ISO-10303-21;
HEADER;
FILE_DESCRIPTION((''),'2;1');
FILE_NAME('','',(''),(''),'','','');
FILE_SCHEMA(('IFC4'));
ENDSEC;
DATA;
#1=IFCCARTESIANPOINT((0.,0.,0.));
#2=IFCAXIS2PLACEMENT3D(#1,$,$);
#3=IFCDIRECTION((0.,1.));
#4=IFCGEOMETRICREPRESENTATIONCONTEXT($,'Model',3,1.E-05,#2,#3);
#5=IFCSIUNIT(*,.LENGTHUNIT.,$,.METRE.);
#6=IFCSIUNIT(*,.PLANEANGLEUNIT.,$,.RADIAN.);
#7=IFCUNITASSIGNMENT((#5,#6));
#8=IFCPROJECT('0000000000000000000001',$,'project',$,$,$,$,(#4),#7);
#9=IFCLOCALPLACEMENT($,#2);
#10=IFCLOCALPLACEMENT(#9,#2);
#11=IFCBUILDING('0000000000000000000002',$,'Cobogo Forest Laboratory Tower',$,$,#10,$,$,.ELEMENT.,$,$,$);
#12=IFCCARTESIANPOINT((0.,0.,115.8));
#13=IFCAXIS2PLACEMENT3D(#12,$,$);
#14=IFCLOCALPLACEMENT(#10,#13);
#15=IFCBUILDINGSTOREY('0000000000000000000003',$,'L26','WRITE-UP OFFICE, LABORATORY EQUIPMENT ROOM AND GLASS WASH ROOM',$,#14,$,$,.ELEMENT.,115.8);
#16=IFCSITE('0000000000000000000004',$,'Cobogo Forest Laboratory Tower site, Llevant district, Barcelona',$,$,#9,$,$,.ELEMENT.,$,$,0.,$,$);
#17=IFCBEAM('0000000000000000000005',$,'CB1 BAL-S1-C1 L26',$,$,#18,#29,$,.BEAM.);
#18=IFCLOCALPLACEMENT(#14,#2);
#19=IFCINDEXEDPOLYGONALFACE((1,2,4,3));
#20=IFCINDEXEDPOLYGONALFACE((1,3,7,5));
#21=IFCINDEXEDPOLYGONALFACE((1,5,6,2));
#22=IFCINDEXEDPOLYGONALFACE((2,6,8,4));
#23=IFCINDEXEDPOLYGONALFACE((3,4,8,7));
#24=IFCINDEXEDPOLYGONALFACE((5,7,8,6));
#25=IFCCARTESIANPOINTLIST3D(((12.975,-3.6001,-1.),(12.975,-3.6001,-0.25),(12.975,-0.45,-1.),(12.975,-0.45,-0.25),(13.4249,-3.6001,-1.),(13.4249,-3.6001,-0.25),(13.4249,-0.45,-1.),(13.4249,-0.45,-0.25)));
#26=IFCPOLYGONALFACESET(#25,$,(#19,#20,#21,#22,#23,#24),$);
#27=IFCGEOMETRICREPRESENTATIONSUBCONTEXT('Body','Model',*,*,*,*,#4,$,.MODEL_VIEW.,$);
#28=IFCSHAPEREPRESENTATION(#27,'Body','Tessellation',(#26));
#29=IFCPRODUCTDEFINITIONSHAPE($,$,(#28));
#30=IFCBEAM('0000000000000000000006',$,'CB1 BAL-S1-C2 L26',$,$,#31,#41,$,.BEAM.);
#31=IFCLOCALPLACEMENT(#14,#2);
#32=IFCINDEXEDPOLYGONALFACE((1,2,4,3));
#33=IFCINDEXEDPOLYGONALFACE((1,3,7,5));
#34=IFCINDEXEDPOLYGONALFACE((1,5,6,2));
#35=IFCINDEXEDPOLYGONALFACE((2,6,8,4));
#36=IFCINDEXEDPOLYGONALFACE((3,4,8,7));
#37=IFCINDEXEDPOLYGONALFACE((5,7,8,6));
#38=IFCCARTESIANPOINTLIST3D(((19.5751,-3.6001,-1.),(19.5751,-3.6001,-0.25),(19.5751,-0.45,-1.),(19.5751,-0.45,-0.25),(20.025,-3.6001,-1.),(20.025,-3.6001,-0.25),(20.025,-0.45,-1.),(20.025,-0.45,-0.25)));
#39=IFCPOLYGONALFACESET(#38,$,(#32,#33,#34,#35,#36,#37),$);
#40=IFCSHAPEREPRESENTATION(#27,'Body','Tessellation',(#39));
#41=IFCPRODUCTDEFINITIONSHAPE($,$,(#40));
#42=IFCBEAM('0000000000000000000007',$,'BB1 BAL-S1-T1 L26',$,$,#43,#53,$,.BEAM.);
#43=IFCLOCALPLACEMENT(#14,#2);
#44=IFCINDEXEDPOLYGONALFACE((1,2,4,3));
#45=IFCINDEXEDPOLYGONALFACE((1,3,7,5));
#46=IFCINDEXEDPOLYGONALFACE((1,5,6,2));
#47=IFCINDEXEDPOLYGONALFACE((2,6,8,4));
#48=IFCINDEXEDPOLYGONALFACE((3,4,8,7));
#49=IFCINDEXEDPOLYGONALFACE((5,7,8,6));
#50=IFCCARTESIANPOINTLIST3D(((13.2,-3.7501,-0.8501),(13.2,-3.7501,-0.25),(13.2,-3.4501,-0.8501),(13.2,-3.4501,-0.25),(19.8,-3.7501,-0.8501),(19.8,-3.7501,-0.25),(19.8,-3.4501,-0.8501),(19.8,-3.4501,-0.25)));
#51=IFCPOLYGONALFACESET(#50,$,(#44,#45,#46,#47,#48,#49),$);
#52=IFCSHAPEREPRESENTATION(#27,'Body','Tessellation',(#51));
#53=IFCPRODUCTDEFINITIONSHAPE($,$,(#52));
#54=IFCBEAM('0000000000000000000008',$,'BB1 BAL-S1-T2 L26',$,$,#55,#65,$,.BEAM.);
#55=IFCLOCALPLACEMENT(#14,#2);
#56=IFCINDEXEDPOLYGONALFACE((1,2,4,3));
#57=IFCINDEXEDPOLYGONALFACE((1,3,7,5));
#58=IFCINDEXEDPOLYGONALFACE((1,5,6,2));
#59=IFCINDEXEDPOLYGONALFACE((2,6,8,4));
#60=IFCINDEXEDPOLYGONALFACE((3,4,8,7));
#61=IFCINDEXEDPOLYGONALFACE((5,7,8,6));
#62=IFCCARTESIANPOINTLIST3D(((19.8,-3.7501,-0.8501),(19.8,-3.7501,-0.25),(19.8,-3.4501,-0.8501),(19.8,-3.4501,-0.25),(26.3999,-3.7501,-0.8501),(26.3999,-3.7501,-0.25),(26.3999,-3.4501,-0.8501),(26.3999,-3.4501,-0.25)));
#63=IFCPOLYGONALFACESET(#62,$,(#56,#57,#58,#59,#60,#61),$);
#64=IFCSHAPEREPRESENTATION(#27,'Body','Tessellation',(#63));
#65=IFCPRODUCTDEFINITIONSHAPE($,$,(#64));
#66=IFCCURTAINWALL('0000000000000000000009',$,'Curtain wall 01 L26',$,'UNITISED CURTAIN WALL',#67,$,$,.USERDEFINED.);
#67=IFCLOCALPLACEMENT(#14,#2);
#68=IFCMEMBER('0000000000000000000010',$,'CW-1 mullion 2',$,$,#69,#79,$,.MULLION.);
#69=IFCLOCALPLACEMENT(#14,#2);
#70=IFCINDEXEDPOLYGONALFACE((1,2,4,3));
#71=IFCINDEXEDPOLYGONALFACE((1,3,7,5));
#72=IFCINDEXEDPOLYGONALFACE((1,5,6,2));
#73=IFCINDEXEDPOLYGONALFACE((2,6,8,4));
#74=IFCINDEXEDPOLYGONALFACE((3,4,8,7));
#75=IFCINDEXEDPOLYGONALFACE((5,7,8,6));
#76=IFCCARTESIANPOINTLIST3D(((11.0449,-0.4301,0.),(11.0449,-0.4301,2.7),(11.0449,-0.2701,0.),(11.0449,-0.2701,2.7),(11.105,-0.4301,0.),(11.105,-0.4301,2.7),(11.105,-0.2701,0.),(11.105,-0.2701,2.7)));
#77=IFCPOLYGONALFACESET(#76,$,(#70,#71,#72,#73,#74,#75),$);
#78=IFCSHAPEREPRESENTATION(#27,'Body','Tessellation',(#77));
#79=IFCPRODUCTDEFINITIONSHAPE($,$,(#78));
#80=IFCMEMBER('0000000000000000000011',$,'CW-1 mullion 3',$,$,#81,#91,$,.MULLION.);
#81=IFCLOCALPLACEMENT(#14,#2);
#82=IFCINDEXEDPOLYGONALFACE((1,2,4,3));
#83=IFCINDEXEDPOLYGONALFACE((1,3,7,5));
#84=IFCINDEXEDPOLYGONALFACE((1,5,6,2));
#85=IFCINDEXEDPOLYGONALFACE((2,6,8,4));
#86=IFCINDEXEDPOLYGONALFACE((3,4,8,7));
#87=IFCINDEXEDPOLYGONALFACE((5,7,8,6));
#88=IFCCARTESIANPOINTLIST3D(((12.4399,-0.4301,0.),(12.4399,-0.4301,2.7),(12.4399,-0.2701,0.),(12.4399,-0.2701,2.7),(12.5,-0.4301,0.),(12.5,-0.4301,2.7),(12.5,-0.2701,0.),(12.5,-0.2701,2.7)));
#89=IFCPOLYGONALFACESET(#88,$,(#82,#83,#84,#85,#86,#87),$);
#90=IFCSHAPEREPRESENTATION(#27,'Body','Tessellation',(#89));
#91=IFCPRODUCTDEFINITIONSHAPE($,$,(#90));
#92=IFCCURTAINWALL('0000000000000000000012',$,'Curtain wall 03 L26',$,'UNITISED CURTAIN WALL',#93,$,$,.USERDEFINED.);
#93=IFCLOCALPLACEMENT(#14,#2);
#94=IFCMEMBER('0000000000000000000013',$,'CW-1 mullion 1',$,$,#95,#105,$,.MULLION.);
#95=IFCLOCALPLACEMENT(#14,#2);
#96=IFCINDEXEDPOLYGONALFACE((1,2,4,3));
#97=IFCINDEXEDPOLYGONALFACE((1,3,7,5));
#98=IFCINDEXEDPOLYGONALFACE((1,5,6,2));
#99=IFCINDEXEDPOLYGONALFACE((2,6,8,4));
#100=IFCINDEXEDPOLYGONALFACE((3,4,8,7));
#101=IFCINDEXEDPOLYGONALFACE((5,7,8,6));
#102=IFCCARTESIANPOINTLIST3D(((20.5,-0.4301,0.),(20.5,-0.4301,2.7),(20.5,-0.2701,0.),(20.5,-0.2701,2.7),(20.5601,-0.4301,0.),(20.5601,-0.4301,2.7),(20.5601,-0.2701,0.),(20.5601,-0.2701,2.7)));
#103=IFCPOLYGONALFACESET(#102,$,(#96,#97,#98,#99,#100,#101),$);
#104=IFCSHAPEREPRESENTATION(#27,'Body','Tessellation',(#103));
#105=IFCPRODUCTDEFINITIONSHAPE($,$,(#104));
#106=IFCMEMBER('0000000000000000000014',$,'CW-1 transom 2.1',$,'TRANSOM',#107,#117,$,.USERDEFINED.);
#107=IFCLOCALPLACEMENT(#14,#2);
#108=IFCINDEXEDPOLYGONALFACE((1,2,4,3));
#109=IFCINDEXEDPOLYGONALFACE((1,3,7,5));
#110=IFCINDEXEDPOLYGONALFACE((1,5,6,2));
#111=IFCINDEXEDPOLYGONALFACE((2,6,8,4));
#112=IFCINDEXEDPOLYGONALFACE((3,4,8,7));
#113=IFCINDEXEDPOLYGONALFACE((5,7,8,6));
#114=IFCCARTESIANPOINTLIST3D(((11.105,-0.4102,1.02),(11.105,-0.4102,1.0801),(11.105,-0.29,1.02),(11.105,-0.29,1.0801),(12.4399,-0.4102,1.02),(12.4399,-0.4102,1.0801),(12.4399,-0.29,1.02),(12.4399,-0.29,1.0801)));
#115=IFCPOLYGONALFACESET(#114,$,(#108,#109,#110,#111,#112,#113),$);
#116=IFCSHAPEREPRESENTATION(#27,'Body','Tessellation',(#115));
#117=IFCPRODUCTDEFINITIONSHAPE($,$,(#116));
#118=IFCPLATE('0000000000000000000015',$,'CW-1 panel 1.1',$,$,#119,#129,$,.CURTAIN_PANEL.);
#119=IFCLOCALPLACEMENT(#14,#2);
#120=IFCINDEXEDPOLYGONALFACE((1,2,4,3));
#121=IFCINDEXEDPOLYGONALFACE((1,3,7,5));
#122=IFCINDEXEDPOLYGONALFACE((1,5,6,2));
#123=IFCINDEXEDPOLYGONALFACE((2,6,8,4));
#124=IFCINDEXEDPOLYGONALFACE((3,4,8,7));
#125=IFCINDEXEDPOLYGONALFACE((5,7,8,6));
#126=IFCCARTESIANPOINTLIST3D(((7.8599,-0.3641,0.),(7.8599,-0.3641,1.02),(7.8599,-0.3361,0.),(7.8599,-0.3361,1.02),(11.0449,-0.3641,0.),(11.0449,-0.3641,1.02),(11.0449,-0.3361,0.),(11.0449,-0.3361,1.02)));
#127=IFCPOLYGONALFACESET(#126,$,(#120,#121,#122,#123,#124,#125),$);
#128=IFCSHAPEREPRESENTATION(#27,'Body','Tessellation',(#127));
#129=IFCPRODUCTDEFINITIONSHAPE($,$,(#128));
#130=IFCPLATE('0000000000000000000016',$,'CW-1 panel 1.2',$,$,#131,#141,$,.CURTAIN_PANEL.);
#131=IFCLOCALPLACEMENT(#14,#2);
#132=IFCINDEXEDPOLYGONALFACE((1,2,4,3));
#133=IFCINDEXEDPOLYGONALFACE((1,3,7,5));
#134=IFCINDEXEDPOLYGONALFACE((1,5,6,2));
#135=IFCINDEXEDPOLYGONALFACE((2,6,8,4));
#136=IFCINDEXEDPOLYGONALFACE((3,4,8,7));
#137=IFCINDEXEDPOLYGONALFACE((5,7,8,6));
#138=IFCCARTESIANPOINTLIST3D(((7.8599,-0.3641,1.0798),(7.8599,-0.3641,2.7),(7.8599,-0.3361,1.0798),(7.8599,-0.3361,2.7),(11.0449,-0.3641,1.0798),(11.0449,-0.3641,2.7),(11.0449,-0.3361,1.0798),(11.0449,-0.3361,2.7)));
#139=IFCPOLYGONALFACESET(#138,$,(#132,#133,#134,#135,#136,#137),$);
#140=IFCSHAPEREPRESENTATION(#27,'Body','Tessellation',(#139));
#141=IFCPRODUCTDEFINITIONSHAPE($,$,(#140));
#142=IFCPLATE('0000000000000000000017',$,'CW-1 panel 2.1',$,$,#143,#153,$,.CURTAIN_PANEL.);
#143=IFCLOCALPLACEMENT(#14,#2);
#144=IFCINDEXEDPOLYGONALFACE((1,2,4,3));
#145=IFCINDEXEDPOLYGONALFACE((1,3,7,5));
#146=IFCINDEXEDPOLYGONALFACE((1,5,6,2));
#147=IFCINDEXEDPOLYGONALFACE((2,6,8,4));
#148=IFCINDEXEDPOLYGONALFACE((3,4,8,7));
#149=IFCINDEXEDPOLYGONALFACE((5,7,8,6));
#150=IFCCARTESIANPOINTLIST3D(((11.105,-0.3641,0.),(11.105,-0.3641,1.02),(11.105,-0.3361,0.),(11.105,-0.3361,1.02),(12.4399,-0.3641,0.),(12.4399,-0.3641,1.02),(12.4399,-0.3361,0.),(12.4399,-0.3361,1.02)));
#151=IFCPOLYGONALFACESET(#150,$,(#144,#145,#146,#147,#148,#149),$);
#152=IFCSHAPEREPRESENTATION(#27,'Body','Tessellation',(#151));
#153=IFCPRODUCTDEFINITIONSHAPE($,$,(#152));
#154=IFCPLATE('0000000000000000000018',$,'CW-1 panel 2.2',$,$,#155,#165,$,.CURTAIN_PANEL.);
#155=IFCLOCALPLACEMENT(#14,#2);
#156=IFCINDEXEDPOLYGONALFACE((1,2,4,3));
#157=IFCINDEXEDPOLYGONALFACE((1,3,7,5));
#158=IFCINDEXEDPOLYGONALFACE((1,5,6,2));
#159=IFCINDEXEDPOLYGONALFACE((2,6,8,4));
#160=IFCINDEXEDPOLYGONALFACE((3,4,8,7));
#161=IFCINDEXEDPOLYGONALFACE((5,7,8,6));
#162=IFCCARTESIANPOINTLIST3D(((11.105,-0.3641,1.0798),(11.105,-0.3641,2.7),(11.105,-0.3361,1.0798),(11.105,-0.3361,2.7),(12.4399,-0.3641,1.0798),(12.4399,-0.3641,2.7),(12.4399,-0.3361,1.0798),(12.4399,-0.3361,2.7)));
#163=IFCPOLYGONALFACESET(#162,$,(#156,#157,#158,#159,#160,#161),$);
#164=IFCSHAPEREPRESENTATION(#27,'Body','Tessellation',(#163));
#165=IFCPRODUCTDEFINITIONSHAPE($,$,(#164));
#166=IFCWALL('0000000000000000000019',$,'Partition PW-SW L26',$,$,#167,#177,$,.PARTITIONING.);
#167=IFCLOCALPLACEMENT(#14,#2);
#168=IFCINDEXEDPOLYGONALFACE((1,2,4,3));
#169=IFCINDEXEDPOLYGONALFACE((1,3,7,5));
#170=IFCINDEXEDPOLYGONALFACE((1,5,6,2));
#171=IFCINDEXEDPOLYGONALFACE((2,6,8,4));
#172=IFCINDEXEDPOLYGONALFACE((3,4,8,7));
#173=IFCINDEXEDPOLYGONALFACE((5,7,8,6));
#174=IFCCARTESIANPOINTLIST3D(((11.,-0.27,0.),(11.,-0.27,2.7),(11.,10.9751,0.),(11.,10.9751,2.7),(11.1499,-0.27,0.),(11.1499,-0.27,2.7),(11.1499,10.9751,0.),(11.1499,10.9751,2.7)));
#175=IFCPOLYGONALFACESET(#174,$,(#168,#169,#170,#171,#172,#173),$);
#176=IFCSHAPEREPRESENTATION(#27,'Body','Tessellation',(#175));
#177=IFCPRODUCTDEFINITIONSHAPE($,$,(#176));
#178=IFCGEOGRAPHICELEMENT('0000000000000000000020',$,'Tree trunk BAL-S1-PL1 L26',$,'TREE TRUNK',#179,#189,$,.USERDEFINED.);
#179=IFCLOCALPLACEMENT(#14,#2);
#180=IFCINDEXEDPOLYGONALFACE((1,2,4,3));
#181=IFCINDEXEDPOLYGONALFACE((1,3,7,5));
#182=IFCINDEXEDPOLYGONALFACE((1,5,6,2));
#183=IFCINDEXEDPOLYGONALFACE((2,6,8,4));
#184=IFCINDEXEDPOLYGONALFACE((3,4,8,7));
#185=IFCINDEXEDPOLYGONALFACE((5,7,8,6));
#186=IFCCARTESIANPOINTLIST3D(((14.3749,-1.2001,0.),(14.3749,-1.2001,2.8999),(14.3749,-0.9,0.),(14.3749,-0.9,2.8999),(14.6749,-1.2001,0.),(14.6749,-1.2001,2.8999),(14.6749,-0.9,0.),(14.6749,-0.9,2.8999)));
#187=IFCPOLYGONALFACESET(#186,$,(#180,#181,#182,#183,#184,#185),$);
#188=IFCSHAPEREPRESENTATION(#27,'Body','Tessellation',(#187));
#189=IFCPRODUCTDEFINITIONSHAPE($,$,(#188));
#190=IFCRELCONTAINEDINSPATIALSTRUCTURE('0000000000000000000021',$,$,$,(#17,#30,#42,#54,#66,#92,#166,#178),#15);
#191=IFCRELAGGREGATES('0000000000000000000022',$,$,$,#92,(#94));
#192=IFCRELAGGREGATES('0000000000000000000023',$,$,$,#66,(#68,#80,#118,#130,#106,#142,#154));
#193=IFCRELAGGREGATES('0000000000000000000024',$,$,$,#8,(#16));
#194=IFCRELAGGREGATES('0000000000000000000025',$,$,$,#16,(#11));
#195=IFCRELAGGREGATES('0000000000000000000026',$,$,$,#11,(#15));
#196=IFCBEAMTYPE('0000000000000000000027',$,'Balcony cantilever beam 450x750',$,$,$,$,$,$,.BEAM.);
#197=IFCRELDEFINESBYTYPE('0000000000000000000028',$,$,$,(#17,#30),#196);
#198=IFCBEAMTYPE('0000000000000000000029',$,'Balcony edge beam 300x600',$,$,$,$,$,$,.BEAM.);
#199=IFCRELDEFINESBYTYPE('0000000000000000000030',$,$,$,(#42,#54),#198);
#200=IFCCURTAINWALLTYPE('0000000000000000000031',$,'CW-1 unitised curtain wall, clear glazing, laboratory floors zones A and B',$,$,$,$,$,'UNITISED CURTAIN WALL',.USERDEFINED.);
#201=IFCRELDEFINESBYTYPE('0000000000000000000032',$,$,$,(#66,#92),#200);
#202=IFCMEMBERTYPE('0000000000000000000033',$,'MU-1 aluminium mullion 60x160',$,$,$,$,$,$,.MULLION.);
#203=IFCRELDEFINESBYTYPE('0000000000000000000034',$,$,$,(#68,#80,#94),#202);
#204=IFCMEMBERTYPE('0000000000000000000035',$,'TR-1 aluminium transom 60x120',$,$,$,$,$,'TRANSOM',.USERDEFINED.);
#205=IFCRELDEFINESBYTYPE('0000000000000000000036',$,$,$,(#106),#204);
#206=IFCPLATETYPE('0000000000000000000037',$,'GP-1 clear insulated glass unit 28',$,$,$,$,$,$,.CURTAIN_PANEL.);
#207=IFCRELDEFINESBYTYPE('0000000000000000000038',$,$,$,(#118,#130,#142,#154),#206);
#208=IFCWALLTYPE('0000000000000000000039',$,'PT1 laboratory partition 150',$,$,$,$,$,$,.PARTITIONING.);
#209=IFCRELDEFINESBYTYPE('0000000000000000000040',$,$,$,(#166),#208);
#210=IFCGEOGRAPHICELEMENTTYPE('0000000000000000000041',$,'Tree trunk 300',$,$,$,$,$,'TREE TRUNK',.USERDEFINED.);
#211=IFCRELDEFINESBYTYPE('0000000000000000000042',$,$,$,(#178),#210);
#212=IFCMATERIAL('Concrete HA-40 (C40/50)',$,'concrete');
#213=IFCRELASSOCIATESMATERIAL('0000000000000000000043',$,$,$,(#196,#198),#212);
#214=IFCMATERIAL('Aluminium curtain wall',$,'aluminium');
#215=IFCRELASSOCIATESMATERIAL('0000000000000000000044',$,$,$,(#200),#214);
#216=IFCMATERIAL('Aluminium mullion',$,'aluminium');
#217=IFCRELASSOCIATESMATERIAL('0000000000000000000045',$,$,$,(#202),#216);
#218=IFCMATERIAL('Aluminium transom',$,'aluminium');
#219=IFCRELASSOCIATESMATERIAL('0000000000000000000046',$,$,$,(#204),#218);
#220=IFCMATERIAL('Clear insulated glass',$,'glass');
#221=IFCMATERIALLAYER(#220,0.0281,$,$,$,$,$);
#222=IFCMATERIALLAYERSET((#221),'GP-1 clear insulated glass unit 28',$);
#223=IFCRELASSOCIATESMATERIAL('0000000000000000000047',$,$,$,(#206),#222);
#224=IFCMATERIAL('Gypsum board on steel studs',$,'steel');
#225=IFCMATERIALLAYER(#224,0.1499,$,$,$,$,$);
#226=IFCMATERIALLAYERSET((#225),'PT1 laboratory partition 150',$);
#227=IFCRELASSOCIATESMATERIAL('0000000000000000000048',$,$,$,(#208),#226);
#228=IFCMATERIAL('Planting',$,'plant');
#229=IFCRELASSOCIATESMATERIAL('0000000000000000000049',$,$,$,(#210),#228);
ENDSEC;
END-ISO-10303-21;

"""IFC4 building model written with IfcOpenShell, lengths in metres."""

from ifc_helpers import new_model, si_unit, direction, frame, frame_2d, origin, origin_2d, place, context, subcontext, project, spatial, rectangle, extrude, material, layer, layer_set, material_profile, profile_set, type_object, element, aggregate, save


model = new_model("IFC4")

# Units and contexts
model_context = context("Model", 3, precision=1e-05, world=origin(), true_north=direction((0.0, 1.0)))
body_context = subcontext(model_context, "Body", "Model", "MODEL_VIEW")
ifc_project = project(units=[si_unit("LENGTHUNIT", "METRE"), si_unit("PLANEANGLEUNIT", "RADIAN")], contexts=[model_context])

# Site, building, storey
site_placement = place(None, origin())
site = spatial("IfcSite", under=ifc_project, at=site_placement, Name="Cobogo Forest Laboratory Tower site, Llevant district, Barcelona", CompositionType="ELEMENT", RefElevation=0.0)
building_placement = place(site_placement, origin())
building = spatial("IfcBuilding", under=site, at=building_placement, Name="Cobogo Forest Laboratory Tower", CompositionType="ELEMENT")
storey_placement = place(building_placement, frame((0.0, 0.0, 115.8)))
storey = spatial("IfcBuildingStorey", under=building, at=storey_placement, Name="L26", Description="WRITE-UP OFFICE, LABORATORY EQUIPMENT ROOM AND GLASS WASH ROOM", CompositionType="ELEMENT", Elevation=115.8)

# Beams
ifc_material_1 = material(Name="Concrete HA-40 (C40/50)", Category="concrete")
ifc_material_profile_1 = material_profile(ifc_material_1, rectangle(XDim=0.45, YDim=0.75, at=origin_2d()), Name="RC 450x750")
ifc_profile_set_1 = profile_set([ifc_material_profile_1], Name="Concrete HA-40 (C40/50)")
beam_type_1 = type_object("IfcBeamType", Name="Balcony cantilever beam 450x750", PredefinedType="BEAM", material=ifc_profile_set_1)
for number, where, z_axis, x_axis, name in (
    (1, (13.2, -0.45, -0.625), (0.0, -1.0, 0.0), (1.0, 0.0, 0.0), "CB1 BAL-S1-C1 L26"),
    (2, (19.8, -0.45, -0.625), (0.0, -1.0, 0.0), (1.0, 0.0, 0.0), "CB1 BAL-S1-C2 L26"),
):
    element("IfcBeam", number, at=place(storey_placement, frame(where, z_axis=z_axis, x_axis=x_axis)), inside=storey, type_object=beam_type_1, Name=name, PredefinedType="BEAM", context=body_context, shape_type="SweptSolid", body=[
        extrude(rectangle(XDim=0.45, YDim=0.75, at=origin_2d()), origin(), (0.0, 0.0, 1.0), 3.1501),
    ])
ifc_material_profile_2 = material_profile(ifc_material_1, rectangle(XDim=0.3, YDim=0.6001, at=origin_2d()), Name="RC 300x600")
ifc_profile_set_2 = profile_set([ifc_material_profile_2], Name="Concrete HA-40 (C40/50)")
beam_type_2 = type_object("IfcBeamType", Name="Balcony edge beam 300x600", PredefinedType="BEAM", material=ifc_profile_set_2)
beam_1_placement = place(storey_placement, frame((13.2, -3.6001, -0.55), z_axis=(1.0, 0.0, 0.0), x_axis=(0.0, 1.0, 0.0)))
element("IfcBeam", 3, at=beam_1_placement, inside=storey, type_object=beam_type_2, Name="BB1 BAL-S1-T1 L26", PredefinedType="BEAM", context=body_context, shape_type="SweptSolid", body=[
    extrude(rectangle(XDim=0.3, YDim=0.6001, at=origin_2d()), origin(), (0.0, 0.0, 1.0), 6.6001),
])
beam_2_placement = place(storey_placement, frame((19.8, -3.6001, -0.55), z_axis=(1.0, 0.0, 0.0), x_axis=(0.0, 1.0, 0.0)))
element("IfcBeam", 4, at=beam_2_placement, inside=storey, type_object=beam_type_2, Name="BB1 BAL-S1-T2 L26", PredefinedType="BEAM", context=body_context, shape_type="SweptSolid", body=[
    extrude(rectangle(XDim=0.3, YDim=0.6001, at=origin_2d()), origin(), (0.0, 0.0, 1.0), 6.5999),
])

# Curtain wall, members
ifc_material_2 = material(Name="Aluminium curtain wall", Category="aluminium")
curtain_wall_type = type_object("IfcCurtainWallType", Name="CW-1 unitised curtain wall, clear glazing, laboratory floors zones A and B", ElementType="UNITISED CURTAIN WALL", PredefinedType="USERDEFINED", material=ifc_material_2)
curtain_wall_1_placement = place(storey_placement, origin())
curtain_wall_1 = element("IfcCurtainWall", 5, at=curtain_wall_1_placement, inside=storey, type_object=curtain_wall_type, Name="Curtain wall 01 L26", ObjectType="UNITISED CURTAIN WALL", PredefinedType="USERDEFINED")
ifc_material_3 = material(Name="Aluminium mullion", Category="aluminium")
ifc_material_profile_3 = material_profile(ifc_material_3, rectangle(XDim=0.0601, YDim=0.1599, at=origin_2d()), Name="AL 60x160")
ifc_profile_set_3 = profile_set([ifc_material_profile_3], Name="Aluminium mullion")
member_type_1 = type_object("IfcMemberType", Name="MU-1 aluminium mullion 60x160", PredefinedType="MULLION", material=ifc_profile_set_3)
member_1_placement = place(storey_placement, frame((11.075, -0.3501, 0.0), z_axis=(0.0, 0.0, 1.0), x_axis=(1.0, 0.0, 0.0)))
member_1 = element("IfcMember", 6, at=member_1_placement, type_object=member_type_1, Name="CW-1 mullion 2", PredefinedType="MULLION", context=body_context, shape_type="SweptSolid", body=[
    extrude(rectangle(XDim=0.0601, YDim=0.1599, at=origin_2d()), origin(), (0.0, 0.0, 1.0), 2.7),
])
member_2_placement = place(storey_placement, frame((12.47, -0.3501, 0.0), z_axis=(0.0, 0.0, 1.0), x_axis=(1.0, 0.0, 0.0)))
member_2 = element("IfcMember", 7, at=member_2_placement, type_object=member_type_1, Name="CW-1 mullion 3", PredefinedType="MULLION", context=body_context, shape_type="SweptSolid", body=[
    extrude(rectangle(XDim=0.0601, YDim=0.1599, at=origin_2d()), origin(), (0.0, 0.0, 1.0), 2.7),
])

# Curtain wall, member
curtain_wall_2_placement = place(storey_placement, origin())
curtain_wall_2 = element("IfcCurtainWall", 8, at=curtain_wall_2_placement, inside=storey, type_object=curtain_wall_type, Name="Curtain wall 03 L26", ObjectType="UNITISED CURTAIN WALL", PredefinedType="USERDEFINED")
member_3_placement = place(storey_placement, frame((20.53, -0.3501, 0.0), z_axis=(0.0, 0.0, 1.0), x_axis=(1.0, 0.0, 0.0)))
member_3 = element("IfcMember", 9, at=member_3_placement, type_object=member_type_1, Name="CW-1 mullion 1", PredefinedType="MULLION", context=body_context, shape_type="SweptSolid", body=[
    extrude(rectangle(XDim=0.0601, YDim=0.1599, at=origin_2d()), origin(), (0.0, 0.0, 1.0), 2.7),
])
aggregate(curtain_wall_2, [member_3])

# Member
ifc_material_4 = material(Name="Aluminium transom", Category="aluminium")
ifc_material_profile_4 = material_profile(ifc_material_4, rectangle(XDim=0.1201, YDim=0.0601, at=origin_2d()), Name="AL 60x120")
ifc_profile_set_4 = profile_set([ifc_material_profile_4], Name="Aluminium transom")
member_type_2 = type_object("IfcMemberType", Name="TR-1 aluminium transom 60x120", ElementType="TRANSOM", PredefinedType="USERDEFINED", material=ifc_profile_set_4)
member_4_placement = place(storey_placement, frame((11.105, -0.3501, 1.05), z_axis=(1.0, 0.0, 0.0), x_axis=(0.0, 1.0, 0.0)))
member_4 = element("IfcMember", 10, at=member_4_placement, type_object=member_type_2, Name="CW-1 transom 2.1", ObjectType="TRANSOM", PredefinedType="USERDEFINED", context=body_context, shape_type="SweptSolid", body=[
    extrude(rectangle(XDim=0.1201, YDim=0.0601, at=origin_2d()), origin(), (0.0, 0.0, 1.0), 1.335),
])

# Plates
ifc_material_5 = material(Name="Clear insulated glass", Category="glass")
ifc_layer_1 = layer(ifc_material_5, 0.0281)
ifc_layer_set_1 = layer_set([ifc_layer_1], Name="GP-1 clear insulated glass unit 28")
plate_type = type_object("IfcPlateType", Name="GP-1 clear insulated glass unit 28", PredefinedType="CURTAIN_PANEL", material=ifc_layer_set_1)
plate_1_placement = place(storey_placement, frame((9.4524, -0.3501, 0.0), z_axis=(0.0, 0.0, 1.0), x_axis=(1.0, 0.0, 0.0)))
plate_1 = element("IfcPlate", 11, at=plate_1_placement, type_object=plate_type, Name="CW-1 panel 1.1", PredefinedType="CURTAIN_PANEL", context=body_context, shape_type="SweptSolid", body=[
    extrude(rectangle(XDim=3.1851, YDim=0.0281, at=origin_2d()), origin(), (0.0, 0.0, 1.0), 1.02),
])
plate_2_placement = place(storey_placement, frame((9.4524, -0.3501, 1.0798), z_axis=(0.0, 0.0, 1.0), x_axis=(1.0, 0.0, 0.0)))
plate_2 = element("IfcPlate", 12, at=plate_2_placement, type_object=plate_type, Name="CW-1 panel 1.2", PredefinedType="CURTAIN_PANEL", context=body_context, shape_type="SweptSolid", body=[
    extrude(rectangle(XDim=3.1851, YDim=0.0281, at=origin_2d()), origin(), (0.0, 0.0, 1.0), 1.6201),
])
plate_3_placement = place(storey_placement, frame((11.7725, -0.3501, 0.0), z_axis=(0.0, 0.0, 1.0), x_axis=(1.0, 0.0, 0.0)))
plate_3 = element("IfcPlate", 13, at=plate_3_placement, type_object=plate_type, Name="CW-1 panel 2.1", PredefinedType="CURTAIN_PANEL", context=body_context, shape_type="SweptSolid", body=[
    extrude(rectangle(XDim=1.335, YDim=0.0281, at=origin_2d()), origin(), (0.0, 0.0, 1.0), 1.02),
])
plate_4_placement = place(storey_placement, frame((11.7725, -0.3501, 1.0798), z_axis=(0.0, 0.0, 1.0), x_axis=(1.0, 0.0, 0.0)))
plate_4 = element("IfcPlate", 14, at=plate_4_placement, type_object=plate_type, Name="CW-1 panel 2.2", PredefinedType="CURTAIN_PANEL", context=body_context, shape_type="SweptSolid", body=[
    extrude(rectangle(XDim=1.335, YDim=0.0281, at=origin_2d()), origin(), (0.0, 0.0, 1.0), 1.6201),
])
aggregate(curtain_wall_1, [member_1, member_2, plate_1, plate_2, member_4, plate_3, plate_4])

# Wall
ifc_material_6 = material(Name="Gypsum board on steel studs", Category="steel")
ifc_layer_2 = layer(ifc_material_6, 0.1499)
ifc_layer_set_2 = layer_set([ifc_layer_2], Name="PT1 laboratory partition 150")
wall_type_1 = type_object("IfcWallType", Name="PT1 laboratory partition 150", PredefinedType="PARTITIONING", material=ifc_layer_set_2)
wall_1_placement = place(storey_placement, frame((11.075, -0.27, 0.0), z_axis=(0.0, 0.0, 1.0), x_axis=(0.0, 1.0, 0.0)))
element("IfcWall", 15, at=wall_1_placement, inside=storey, type_object=wall_type_1, Name="Partition PW-SW L26", PredefinedType="PARTITIONING", context=body_context, shape_type="SweptSolid", body=[
    extrude(rectangle(XDim=11.2451, YDim=0.1499, at=frame_2d((5.6226, 0.0))), origin(), (0.0, 0.0, 1.0), 2.7),
])

# Geographic element
ifc_material_7 = material(Name="Planting", Category="plant")
geographic_element_type = type_object("IfcGeographicElementType", Name="Tree trunk 300", ElementType="TREE TRUNK", PredefinedType="USERDEFINED", material=ifc_material_7)
geographic_element_placement = place(storey_placement, frame((14.5249, -1.05, 0.0), z_axis=(0.0, 0.0, 1.0), x_axis=(1.0, 0.0, 0.0)))
element("IfcGeographicElement", 16, at=geographic_element_placement, inside=storey, type_object=geographic_element_type, Name="Tree trunk BAL-S1-PL1 L26", ObjectType="TREE TRUNK", PredefinedType="USERDEFINED", context=body_context, shape_type="SweptSolid", body=[
    extrude(rectangle(XDim=0.3, YDim=0.3, at=origin_2d()), origin(), (0.0, 0.0, 1.0), 2.8999),
])

save(model, "model.ifc")
